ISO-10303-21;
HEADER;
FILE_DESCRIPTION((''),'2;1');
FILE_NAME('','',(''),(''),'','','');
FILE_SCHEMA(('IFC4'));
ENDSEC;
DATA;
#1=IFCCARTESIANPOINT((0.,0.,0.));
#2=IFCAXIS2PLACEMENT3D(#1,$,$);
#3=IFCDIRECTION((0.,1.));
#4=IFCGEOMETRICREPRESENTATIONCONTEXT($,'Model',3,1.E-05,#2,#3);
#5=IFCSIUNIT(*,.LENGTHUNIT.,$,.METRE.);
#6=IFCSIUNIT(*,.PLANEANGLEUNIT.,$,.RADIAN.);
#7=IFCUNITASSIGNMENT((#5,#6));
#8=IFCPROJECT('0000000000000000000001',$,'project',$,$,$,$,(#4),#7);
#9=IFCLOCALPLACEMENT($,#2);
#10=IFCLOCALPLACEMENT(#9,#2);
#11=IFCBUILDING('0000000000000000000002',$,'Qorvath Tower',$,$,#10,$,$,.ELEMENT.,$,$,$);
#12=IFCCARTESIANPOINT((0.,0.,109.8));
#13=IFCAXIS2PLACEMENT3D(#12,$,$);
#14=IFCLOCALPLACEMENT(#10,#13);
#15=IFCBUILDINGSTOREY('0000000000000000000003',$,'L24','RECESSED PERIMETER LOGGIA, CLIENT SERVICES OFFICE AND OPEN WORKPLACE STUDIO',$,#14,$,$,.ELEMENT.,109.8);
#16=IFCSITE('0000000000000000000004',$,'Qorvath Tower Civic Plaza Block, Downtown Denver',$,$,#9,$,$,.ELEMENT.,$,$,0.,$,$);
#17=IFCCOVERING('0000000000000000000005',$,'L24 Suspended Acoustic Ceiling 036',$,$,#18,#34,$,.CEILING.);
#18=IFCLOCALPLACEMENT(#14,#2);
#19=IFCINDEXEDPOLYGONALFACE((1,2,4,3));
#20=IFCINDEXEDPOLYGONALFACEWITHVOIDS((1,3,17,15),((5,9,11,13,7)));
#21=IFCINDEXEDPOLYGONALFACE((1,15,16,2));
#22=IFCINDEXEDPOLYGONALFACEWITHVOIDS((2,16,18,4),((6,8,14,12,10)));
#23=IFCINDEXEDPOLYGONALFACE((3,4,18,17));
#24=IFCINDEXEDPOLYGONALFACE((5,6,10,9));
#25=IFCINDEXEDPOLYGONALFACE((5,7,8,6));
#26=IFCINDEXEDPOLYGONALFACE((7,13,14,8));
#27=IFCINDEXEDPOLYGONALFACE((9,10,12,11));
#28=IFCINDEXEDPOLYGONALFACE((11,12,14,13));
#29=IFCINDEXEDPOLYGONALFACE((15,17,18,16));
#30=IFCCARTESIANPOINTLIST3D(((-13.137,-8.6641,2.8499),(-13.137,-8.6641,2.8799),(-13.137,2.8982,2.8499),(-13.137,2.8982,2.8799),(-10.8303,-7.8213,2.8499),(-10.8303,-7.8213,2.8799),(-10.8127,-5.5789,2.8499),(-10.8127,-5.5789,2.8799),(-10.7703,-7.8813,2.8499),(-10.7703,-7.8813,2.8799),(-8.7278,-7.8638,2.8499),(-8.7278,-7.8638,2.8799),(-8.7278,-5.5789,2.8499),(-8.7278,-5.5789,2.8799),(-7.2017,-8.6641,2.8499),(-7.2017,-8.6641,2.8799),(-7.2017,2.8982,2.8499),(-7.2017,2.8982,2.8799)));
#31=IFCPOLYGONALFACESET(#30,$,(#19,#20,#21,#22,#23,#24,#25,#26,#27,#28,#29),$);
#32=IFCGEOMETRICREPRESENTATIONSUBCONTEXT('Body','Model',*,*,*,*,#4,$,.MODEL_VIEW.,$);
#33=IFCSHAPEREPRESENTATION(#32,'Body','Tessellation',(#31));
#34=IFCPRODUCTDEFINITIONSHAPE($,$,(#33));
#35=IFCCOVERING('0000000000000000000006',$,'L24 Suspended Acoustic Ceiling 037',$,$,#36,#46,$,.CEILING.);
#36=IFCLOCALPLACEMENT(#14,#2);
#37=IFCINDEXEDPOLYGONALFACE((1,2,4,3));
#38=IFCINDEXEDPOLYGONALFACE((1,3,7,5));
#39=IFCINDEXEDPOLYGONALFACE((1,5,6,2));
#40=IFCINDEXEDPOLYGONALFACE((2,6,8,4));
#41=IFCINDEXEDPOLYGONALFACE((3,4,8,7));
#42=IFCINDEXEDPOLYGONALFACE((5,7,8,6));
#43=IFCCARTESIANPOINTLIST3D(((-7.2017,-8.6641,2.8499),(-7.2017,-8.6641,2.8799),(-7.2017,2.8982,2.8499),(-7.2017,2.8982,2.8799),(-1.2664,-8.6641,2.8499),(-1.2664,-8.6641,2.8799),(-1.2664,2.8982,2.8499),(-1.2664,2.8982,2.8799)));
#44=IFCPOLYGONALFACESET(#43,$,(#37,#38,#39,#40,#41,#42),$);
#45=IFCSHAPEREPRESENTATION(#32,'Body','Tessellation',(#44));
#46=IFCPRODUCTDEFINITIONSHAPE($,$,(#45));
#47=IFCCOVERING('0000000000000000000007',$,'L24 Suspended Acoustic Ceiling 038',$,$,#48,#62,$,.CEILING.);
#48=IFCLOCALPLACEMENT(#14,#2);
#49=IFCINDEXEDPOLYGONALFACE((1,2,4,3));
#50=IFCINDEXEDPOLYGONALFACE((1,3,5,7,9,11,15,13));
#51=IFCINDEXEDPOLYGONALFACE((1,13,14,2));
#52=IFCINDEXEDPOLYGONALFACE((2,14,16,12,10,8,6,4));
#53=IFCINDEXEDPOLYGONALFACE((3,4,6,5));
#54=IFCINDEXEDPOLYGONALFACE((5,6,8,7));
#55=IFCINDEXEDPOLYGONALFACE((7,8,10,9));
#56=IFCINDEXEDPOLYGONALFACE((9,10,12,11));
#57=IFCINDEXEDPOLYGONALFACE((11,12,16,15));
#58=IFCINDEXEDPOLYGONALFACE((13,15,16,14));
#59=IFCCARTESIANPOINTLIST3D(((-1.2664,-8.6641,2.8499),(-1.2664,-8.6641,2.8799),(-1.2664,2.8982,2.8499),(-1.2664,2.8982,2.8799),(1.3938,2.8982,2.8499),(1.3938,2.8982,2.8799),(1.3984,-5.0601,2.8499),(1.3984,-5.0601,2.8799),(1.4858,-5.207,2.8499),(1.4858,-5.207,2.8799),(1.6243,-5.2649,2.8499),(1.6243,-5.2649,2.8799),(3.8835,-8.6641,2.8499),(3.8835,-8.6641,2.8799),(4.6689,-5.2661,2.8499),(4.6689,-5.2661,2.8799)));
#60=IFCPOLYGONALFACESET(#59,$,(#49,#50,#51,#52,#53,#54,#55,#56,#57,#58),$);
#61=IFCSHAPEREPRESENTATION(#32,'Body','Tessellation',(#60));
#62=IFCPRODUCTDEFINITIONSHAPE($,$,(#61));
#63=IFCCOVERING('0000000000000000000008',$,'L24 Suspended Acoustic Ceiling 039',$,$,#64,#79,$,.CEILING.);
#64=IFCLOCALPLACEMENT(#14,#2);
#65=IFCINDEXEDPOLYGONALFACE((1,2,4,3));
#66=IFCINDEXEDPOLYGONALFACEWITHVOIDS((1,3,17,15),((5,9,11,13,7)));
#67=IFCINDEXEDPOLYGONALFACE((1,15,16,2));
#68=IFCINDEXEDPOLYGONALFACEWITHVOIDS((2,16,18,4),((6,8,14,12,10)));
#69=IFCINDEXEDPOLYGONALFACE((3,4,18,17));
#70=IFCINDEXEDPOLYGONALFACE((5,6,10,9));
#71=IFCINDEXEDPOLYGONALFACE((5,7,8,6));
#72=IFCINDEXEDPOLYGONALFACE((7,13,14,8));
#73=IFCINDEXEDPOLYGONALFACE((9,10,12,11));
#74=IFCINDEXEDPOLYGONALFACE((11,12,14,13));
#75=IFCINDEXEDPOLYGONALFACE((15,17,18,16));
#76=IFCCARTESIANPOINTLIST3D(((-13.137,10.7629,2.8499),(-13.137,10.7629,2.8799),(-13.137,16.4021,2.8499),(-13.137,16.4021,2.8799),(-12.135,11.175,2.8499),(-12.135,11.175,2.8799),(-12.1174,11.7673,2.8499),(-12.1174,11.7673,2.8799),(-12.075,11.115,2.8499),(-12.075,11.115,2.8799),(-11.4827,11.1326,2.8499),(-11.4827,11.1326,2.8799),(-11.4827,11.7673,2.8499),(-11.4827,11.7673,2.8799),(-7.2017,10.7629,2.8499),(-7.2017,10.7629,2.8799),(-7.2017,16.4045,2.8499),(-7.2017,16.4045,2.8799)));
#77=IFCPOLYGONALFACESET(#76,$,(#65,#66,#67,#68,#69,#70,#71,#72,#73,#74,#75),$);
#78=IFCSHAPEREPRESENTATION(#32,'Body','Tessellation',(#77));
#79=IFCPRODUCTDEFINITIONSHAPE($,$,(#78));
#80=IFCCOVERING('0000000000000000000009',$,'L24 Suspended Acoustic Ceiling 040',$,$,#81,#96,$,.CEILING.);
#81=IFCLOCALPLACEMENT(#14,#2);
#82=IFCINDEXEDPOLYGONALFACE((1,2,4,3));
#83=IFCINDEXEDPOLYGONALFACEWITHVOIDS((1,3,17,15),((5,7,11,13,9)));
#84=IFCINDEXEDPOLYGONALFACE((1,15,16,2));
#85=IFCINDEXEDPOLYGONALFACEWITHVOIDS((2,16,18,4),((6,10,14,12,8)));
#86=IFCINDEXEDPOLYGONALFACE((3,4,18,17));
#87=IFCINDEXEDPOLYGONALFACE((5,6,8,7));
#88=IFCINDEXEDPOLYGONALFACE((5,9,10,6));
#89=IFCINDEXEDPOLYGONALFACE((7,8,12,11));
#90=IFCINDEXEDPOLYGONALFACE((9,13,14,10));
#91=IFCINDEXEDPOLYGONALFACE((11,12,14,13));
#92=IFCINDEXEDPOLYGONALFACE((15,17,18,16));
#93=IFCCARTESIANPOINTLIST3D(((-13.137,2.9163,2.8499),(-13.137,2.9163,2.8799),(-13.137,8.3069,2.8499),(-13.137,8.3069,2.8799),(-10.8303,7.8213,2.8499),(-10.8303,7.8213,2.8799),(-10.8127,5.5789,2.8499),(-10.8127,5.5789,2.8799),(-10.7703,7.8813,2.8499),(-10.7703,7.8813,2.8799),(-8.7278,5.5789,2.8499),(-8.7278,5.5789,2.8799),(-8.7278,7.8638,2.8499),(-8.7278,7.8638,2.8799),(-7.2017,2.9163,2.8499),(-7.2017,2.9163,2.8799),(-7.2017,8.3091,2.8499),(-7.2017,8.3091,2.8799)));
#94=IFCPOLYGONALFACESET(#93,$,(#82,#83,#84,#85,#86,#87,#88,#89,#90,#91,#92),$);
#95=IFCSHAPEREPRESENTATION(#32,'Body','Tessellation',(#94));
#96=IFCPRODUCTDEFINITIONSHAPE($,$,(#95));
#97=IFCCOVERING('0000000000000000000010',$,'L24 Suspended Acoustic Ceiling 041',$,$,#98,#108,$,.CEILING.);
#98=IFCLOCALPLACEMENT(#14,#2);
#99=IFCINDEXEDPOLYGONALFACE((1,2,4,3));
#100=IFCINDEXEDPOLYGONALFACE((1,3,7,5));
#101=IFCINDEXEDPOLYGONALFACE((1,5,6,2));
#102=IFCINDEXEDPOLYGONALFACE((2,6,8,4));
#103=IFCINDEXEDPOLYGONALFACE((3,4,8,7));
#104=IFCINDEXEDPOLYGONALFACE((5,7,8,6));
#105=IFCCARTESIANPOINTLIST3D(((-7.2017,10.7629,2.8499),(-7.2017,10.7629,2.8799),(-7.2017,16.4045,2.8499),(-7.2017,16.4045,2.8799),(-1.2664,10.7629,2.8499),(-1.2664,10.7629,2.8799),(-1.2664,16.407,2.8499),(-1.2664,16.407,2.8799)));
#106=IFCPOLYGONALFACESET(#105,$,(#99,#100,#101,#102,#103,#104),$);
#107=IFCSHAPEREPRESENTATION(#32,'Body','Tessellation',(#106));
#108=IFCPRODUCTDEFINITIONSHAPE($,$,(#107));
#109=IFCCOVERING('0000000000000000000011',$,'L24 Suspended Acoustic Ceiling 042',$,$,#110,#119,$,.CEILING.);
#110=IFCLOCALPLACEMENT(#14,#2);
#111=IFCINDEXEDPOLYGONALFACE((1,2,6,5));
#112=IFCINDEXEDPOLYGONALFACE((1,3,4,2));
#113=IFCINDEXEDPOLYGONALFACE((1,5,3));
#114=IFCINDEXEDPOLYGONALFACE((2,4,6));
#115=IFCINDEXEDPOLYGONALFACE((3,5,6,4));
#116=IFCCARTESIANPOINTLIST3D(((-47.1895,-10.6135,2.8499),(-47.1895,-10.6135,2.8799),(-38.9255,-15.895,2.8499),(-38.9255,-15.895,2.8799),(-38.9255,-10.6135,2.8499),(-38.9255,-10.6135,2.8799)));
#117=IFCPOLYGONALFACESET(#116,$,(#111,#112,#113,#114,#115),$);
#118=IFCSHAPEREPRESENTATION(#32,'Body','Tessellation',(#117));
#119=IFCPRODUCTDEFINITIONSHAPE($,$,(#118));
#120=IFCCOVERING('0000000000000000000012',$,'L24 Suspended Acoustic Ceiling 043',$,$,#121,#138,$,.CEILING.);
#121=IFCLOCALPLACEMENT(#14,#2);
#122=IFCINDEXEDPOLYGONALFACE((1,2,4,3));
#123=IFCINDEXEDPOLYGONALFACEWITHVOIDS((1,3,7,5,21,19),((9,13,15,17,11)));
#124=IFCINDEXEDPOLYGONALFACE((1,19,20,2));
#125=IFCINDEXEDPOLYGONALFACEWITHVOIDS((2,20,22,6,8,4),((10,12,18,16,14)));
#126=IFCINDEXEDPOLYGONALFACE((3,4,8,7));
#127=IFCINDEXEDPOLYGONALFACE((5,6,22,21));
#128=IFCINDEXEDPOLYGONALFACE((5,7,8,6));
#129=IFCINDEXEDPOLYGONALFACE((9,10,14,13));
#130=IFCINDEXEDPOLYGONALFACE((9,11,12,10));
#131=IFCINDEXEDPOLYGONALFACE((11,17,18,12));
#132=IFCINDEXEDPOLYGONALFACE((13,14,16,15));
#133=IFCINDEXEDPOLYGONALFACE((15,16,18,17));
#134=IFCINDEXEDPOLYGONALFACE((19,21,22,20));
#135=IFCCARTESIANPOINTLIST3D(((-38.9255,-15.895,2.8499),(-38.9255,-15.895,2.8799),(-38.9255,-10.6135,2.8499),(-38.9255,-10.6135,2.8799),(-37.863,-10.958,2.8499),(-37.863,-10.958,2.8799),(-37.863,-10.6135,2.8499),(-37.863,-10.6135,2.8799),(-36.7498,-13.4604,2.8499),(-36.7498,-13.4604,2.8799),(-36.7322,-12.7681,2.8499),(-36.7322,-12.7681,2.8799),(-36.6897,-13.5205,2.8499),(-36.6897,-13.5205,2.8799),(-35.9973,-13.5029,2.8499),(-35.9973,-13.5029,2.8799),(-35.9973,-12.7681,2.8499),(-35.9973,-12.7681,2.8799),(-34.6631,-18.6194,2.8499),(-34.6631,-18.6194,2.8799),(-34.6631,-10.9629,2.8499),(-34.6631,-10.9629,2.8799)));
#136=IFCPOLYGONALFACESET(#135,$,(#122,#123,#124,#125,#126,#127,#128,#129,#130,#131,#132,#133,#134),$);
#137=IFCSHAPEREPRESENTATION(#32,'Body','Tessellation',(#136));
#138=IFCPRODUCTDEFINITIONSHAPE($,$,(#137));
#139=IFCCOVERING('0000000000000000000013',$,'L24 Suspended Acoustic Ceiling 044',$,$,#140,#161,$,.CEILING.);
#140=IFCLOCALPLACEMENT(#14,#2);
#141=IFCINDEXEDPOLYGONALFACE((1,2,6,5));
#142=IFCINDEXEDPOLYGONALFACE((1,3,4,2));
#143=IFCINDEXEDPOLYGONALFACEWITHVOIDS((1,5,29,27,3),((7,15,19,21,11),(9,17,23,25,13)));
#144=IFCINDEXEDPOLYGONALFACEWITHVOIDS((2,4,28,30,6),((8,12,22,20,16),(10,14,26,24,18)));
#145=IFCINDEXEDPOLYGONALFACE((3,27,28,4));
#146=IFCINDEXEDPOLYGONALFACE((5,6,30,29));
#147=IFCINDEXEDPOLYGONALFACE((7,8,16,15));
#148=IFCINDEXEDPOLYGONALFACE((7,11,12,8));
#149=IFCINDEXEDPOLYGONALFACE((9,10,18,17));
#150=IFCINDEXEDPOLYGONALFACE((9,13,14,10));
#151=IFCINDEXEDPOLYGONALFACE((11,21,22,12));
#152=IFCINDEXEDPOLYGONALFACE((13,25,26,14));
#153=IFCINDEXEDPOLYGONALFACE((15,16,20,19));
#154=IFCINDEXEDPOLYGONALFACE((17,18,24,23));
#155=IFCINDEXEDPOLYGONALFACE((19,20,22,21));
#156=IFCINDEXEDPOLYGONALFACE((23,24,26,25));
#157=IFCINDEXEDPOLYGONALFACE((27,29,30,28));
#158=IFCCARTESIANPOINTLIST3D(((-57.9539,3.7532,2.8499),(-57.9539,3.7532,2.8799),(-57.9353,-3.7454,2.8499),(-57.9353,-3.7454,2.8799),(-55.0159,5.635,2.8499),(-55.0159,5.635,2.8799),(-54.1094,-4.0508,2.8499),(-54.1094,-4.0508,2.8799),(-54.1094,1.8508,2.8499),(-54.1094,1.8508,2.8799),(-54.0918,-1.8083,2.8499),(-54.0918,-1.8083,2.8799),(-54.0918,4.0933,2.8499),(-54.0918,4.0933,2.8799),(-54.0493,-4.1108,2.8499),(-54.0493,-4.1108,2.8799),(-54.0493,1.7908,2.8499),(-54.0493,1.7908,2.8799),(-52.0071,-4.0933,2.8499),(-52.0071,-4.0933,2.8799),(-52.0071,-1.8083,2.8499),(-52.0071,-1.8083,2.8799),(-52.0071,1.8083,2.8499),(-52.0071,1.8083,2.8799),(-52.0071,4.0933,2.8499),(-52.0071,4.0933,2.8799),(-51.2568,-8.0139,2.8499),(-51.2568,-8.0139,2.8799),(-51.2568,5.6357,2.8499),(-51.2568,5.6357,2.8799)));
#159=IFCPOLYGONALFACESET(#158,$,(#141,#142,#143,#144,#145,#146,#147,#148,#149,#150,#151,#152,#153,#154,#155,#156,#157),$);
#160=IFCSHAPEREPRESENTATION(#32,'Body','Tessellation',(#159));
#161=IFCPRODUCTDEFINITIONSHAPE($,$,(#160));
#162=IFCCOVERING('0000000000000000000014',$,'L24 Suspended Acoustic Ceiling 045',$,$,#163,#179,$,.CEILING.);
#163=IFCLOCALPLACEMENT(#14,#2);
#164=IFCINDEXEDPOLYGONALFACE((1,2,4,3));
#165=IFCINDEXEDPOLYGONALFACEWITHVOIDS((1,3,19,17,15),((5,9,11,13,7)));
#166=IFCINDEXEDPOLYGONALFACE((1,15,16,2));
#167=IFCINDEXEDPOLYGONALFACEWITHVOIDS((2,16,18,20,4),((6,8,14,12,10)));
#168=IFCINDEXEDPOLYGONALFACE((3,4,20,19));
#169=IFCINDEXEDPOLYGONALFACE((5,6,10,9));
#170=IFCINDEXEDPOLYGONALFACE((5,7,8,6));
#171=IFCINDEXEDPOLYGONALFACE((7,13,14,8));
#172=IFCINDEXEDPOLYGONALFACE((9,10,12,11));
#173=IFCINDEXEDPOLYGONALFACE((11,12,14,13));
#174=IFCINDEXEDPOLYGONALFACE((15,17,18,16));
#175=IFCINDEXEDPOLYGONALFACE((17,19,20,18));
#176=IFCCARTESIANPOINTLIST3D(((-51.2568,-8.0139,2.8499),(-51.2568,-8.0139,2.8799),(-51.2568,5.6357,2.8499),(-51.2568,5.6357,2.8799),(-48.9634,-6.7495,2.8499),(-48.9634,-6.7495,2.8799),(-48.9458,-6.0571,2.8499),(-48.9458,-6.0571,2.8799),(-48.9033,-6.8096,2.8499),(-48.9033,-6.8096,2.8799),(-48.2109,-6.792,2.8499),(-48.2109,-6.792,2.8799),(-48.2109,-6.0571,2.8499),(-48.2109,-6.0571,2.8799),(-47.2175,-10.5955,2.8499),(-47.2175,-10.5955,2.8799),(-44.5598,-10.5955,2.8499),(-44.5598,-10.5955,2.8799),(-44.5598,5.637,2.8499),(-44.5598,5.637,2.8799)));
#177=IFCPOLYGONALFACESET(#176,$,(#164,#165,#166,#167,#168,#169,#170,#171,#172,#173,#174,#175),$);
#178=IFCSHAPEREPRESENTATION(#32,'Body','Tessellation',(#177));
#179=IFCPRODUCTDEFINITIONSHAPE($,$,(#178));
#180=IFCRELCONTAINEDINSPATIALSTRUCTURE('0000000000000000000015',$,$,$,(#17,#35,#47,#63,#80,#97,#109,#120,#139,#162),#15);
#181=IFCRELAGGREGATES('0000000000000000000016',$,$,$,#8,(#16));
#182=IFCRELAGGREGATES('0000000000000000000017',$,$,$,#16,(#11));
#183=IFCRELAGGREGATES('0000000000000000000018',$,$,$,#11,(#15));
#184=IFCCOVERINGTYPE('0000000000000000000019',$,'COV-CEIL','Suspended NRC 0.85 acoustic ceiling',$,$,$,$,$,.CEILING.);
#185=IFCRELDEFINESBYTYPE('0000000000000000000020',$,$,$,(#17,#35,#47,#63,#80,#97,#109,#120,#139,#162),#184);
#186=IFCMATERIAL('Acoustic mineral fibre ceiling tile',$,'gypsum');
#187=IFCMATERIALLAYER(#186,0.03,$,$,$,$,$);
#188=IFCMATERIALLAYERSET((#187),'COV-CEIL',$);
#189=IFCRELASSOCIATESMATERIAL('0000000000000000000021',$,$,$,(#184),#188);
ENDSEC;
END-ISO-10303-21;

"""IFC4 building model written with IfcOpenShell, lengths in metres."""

from ifc_helpers import new_model, si_unit, direction, frame, origin, place, context, subcontext, project, spatial, polyline, outline, extrude, material, layer, layer_set, type_object, element, save


model = new_model("IFC4")

# Units and contexts
model_context = context("Model", 3, precision=1e-05, world=origin(), true_north=direction((0.0, 1.0)))
body_context = subcontext(model_context, "Body", "Model", "MODEL_VIEW")
ifc_project = project(units=[si_unit("LENGTHUNIT", "METRE"), si_unit("PLANEANGLEUNIT", "RADIAN")], contexts=[model_context])

# Site, building, storey
site_placement = place(None, origin())
site = spatial("IfcSite", under=ifc_project, at=site_placement, Name="Qorvath Tower Civic Plaza Block, Downtown Denver", CompositionType="ELEMENT", RefElevation=0.0)
building_placement = place(site_placement, origin())
building = spatial("IfcBuilding", under=site, at=building_placement, Name="Qorvath Tower", CompositionType="ELEMENT")
storey_placement = place(building_placement, frame((0.0, 0.0, 109.8)))
storey = spatial("IfcBuildingStorey", under=building, at=storey_placement, Name="L24", Description="RECESSED PERIMETER LOGGIA, CLIENT SERVICES OFFICE AND OPEN WORKPLACE STUDIO", CompositionType="ELEMENT", Elevation=109.8)

# Coverings
ifc_material_1 = material(Name="Acoustic mineral fibre ceiling tile", Category="gypsum")
ifc_layer_1 = layer(ifc_material_1, 0.03)
ifc_layer_set_1 = layer_set([ifc_layer_1], Name="COV-CEIL")
covering_type_1 = type_object("IfcCoveringType", Name="COV-CEIL", Description="Suspended NRC 0.85 acoustic ceiling", PredefinedType="CEILING", material=ifc_layer_set_1)
covering_1_placement = place(storey_placement, frame((0.0, 0.0, 2.8499)))
element("IfcCovering", 1, at=covering_1_placement, inside=storey, type_object=covering_type_1, Name="L24 Suspended Acoustic Ceiling 036", PredefinedType="CEILING", context=body_context, shape_type="SweptSolid", body=[
    extrude(outline(polyline([(-7.2017, -8.6641), (-7.2017, 2.8982), (-13.137, 2.8982), (-13.137, -8.6641), (-7.2017, -8.6641)]), holes=[polyline([(-10.8303, -7.8213), (-10.8127, -5.5789), (-8.7278, -5.5789), (-8.7278, -7.8638), (-10.7703, -7.8813), (-10.8303, -7.8213)])]), origin(), (0.0, 0.0, 1.0), 0.03),
])
covering_2_placement = place(storey_placement, frame((0.0, 0.0, 2.8499)))
element("IfcCovering", 2, at=covering_2_placement, inside=storey, type_object=covering_type_1, Name="L24 Suspended Acoustic Ceiling 037", PredefinedType="CEILING", context=body_context, shape_type="SweptSolid", body=[
    extrude(outline(polyline([(-1.2664, -8.6641), (-1.2664, 2.8982), (-7.2017, 2.8982), (-7.2017, -8.6641), (-1.2664, -8.6641)])), origin(), (0.0, 0.0, 1.0), 0.03),
])
covering_3_placement = place(storey_placement, frame((0.0, 0.0, 2.8499)))
element("IfcCovering", 3, at=covering_3_placement, inside=storey, type_object=covering_type_1, Name="L24 Suspended Acoustic Ceiling 038", PredefinedType="CEILING", context=body_context, shape_type="SweptSolid", body=[
    extrude(outline(polyline([(1.4858, -5.207), (1.3984, -5.0601), (1.3938, 2.8982), (-1.2664, 2.8982), (-1.2664, -8.6641), (3.8835, -8.6641), (4.6689, -5.2661), (1.6243, -5.2649), (1.4858, -5.207)])), origin(), (0.0, 0.0, 1.0), 0.03),
])
covering_4_placement = place(storey_placement, frame((0.0, 0.0, 2.8499)))
element("IfcCovering", 4, at=covering_4_placement, inside=storey, type_object=covering_type_1, Name="L24 Suspended Acoustic Ceiling 039", PredefinedType="CEILING", context=body_context, shape_type="SweptSolid", body=[
    extrude(outline(polyline([(-7.2017, 10.7629), (-7.2017, 16.4045), (-13.137, 16.4021), (-13.137, 10.7629), (-7.2017, 10.7629)]), holes=[polyline([(-12.135, 11.175), (-12.1174, 11.7673), (-11.4827, 11.7673), (-11.4827, 11.1326), (-12.075, 11.115), (-12.135, 11.175)])]), origin(), (0.0, 0.0, 1.0), 0.03),
])
covering_5_placement = place(storey_placement, frame((0.0, 0.0, 2.8499)))
element("IfcCovering", 5, at=covering_5_placement, inside=storey, type_object=covering_type_1, Name="L24 Suspended Acoustic Ceiling 040", PredefinedType="CEILING", context=body_context, shape_type="SweptSolid", body=[
    extrude(outline(polyline([(-7.2017, 2.9163), (-7.2017, 8.3091), (-13.137, 8.3069), (-13.137, 2.9163), (-7.2017, 2.9163)]), holes=[polyline([(-10.8303, 7.8213), (-10.7703, 7.8813), (-8.7278, 7.8638), (-8.7278, 5.5789), (-10.8127, 5.5789), (-10.8303, 7.8213)])]), origin(), (0.0, 0.0, 1.0), 0.03),
])
covering_6_placement = place(storey_placement, frame((0.0, 0.0, 2.8499)))
element("IfcCovering", 6, at=covering_6_placement, inside=storey, type_object=covering_type_1, Name="L24 Suspended Acoustic Ceiling 041", PredefinedType="CEILING", context=body_context, shape_type="SweptSolid", body=[
    extrude(outline(polyline([(-1.2664, 10.7629), (-1.2664, 16.407), (-7.2017, 16.4045), (-7.2017, 10.7629), (-1.2664, 10.7629)])), origin(), (0.0, 0.0, 1.0), 0.03),
])
covering_7_placement = place(storey_placement, frame((0.0, 0.0, 2.8499)))
element("IfcCovering", 7, at=covering_7_placement, inside=storey, type_object=covering_type_1, Name="L24 Suspended Acoustic Ceiling 042", PredefinedType="CEILING", context=body_context, shape_type="SweptSolid", body=[
    extrude(outline(polyline([(-38.9255, -15.895), (-38.9255, -10.6135), (-47.1895, -10.6135), (-38.9255, -15.895)])), origin(), (0.0, 0.0, 1.0), 0.03),
])
covering_8_placement = place(storey_placement, frame((0.0, 0.0, 2.8499)))
element("IfcCovering", 8, at=covering_8_placement, inside=storey, type_object=covering_type_1, Name="L24 Suspended Acoustic Ceiling 043", PredefinedType="CEILING", context=body_context, shape_type="SweptSolid", body=[
    extrude(outline(polyline([(-37.863, -10.958), (-37.863, -10.6135), (-38.9255, -10.6135), (-38.9255, -15.895), (-34.6631, -18.6194), (-34.6631, -10.9629), (-37.863, -10.958)]), holes=[polyline([(-36.7498, -13.4604), (-36.7322, -12.7681), (-35.9973, -12.7681), (-35.9973, -13.5029), (-36.6897, -13.5205), (-36.7498, -13.4604)])]), origin(), (0.0, 0.0, 1.0), 0.03),
])
covering_9_placement = place(storey_placement, frame((0.0, 0.0, 2.8499)))
element("IfcCovering", 9, at=covering_9_placement, inside=storey, type_object=covering_type_1, Name="L24 Suspended Acoustic Ceiling 044", PredefinedType="CEILING", context=body_context, shape_type="SweptSolid", body=[
    extrude(outline(polyline([(-55.0159, 5.635), (-57.9539, 3.7532), (-57.9353, -3.7454), (-51.2568, -8.0139), (-51.2568, 5.6357), (-55.0159, 5.635)]), holes=[polyline([(-54.1094, -4.0508), (-54.0918, -1.8083), (-52.0071, -1.8083), (-52.0071, -4.0933), (-54.0493, -4.1108), (-54.1094, -4.0508)]), polyline([(-54.1094, 1.8508), (-54.0918, 4.0933), (-52.0071, 4.0933), (-52.0071, 1.8083), (-54.0493, 1.7908), (-54.1094, 1.8508)])]), origin(), (0.0, 0.0, 1.0), 0.03),
])
covering_10_placement = place(storey_placement, frame((0.0, 0.0, 2.8499)))
element("IfcCovering", 10, at=covering_10_placement, inside=storey, type_object=covering_type_1, Name="L24 Suspended Acoustic Ceiling 045", PredefinedType="CEILING", context=body_context, shape_type="SweptSolid", body=[
    extrude(outline(polyline([(-51.2568, 5.6357), (-51.2568, -8.0139), (-47.2175, -10.5955), (-44.5598, -10.5955), (-44.5598, 5.637), (-51.2568, 5.6357)]), holes=[polyline([(-48.9634, -6.7495), (-48.9458, -6.0571), (-48.2109, -6.0571), (-48.2109, -6.792), (-48.9033, -6.8096), (-48.9634, -6.7495)])]), origin(), (0.0, 0.0, 1.0), 0.03),
])

save(model, "model.ifc")
